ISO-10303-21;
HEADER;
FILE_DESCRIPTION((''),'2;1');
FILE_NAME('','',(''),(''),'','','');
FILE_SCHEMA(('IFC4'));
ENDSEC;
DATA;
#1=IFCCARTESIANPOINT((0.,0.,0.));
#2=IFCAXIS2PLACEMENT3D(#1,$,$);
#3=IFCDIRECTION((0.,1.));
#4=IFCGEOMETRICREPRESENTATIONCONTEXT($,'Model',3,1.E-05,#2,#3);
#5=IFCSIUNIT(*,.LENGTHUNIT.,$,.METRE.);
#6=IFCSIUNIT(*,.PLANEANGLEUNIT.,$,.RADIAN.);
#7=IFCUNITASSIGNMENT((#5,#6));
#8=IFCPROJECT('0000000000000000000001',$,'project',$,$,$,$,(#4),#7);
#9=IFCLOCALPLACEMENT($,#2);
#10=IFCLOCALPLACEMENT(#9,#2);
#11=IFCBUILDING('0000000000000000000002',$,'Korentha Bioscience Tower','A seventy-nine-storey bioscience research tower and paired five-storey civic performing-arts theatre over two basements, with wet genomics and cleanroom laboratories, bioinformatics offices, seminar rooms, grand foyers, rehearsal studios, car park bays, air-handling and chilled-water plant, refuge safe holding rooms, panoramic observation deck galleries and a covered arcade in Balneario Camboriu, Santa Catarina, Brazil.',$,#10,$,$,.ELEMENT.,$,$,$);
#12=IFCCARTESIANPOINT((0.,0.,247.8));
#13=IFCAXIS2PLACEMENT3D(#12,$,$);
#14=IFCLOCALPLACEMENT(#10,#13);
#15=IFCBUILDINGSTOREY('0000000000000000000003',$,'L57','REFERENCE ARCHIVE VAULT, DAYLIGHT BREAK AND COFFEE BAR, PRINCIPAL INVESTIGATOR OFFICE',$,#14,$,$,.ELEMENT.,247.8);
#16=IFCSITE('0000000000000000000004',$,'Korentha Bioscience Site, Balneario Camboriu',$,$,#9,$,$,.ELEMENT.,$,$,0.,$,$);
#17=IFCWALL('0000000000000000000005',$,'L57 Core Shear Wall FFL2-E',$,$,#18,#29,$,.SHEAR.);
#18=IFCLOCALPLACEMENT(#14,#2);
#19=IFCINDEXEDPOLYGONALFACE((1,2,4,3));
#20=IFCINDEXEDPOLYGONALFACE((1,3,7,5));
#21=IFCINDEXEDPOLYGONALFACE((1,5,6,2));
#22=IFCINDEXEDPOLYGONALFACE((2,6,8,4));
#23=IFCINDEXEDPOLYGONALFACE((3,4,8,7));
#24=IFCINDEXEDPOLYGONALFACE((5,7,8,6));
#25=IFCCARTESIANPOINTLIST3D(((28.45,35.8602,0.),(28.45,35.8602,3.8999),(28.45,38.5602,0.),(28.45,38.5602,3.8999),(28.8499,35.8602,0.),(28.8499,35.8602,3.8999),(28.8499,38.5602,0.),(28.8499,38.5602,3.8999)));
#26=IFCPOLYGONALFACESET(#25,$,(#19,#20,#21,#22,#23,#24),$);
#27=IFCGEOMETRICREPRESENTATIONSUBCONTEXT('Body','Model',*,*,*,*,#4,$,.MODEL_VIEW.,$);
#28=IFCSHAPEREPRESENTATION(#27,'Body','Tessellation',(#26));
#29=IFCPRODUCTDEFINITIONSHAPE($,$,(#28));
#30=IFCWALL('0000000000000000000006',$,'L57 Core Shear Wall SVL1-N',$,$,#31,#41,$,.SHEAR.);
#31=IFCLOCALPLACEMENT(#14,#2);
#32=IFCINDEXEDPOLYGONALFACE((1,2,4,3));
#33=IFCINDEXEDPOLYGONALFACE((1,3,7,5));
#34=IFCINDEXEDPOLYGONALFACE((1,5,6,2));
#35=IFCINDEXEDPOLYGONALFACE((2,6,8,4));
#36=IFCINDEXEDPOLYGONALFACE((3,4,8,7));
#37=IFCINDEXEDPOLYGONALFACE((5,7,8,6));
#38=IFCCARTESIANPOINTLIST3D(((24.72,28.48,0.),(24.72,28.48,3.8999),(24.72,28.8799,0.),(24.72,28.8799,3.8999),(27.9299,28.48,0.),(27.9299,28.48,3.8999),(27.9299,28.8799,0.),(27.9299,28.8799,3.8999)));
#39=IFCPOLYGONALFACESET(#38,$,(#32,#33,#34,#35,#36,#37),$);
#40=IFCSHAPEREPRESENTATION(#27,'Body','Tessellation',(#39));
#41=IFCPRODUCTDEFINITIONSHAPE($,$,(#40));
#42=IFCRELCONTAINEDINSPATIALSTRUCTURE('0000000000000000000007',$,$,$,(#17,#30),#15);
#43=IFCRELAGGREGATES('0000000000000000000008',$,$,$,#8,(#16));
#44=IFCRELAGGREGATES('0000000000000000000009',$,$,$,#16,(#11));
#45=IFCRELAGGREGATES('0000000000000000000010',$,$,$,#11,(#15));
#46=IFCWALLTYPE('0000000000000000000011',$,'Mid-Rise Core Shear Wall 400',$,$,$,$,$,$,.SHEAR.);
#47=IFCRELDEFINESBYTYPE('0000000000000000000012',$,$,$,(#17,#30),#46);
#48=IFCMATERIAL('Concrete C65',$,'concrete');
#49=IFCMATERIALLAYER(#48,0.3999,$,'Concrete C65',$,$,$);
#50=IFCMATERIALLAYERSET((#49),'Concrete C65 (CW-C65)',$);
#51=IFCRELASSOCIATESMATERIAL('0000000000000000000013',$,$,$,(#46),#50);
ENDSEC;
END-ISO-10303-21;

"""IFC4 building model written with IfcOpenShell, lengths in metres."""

from ifc_helpers import new_model, si_unit, direction, frame, frame_2d, origin, place, context, subcontext, project, spatial, rectangle, extrude, material, layer, layer_set, type_object, element, save


model = new_model("IFC4")

# Units and contexts
model_context = context("Model", 3, precision=1e-05, world=origin(), true_north=direction((0.0, 1.0)))
body_context = subcontext(model_context, "Body", "Model", "MODEL_VIEW")
ifc_project = project(units=[si_unit("LENGTHUNIT", "METRE"), si_unit("PLANEANGLEUNIT", "RADIAN")], contexts=[model_context])

# Site, building, storey
site_placement = place(None, origin())
site = spatial("IfcSite", under=ifc_project, at=site_placement, Name="Korentha Bioscience Site, Balneario Camboriu", CompositionType="ELEMENT", RefElevation=0.0)
building_placement = place(site_placement, origin())
building = spatial("IfcBuilding", under=site, at=building_placement, Name="Korentha Bioscience Tower", Description="A seventy-nine-storey bioscience research tower and paired five-storey civic performing-arts theatre over two basements, with wet genomics and cleanroom laboratories, bioinformatics offices, seminar rooms, grand foyers, rehearsal studios, car park bays, air-handling and chilled-water plant, refuge safe holding rooms, panoramic observation deck galleries and a covered arcade in Balneario Camboriu, Santa Catarina, Brazil.", CompositionType="ELEMENT")
storey_placement = place(building_placement, frame((0.0, 0.0, 247.8)))
storey = spatial("IfcBuildingStorey", under=building, at=storey_placement, Name="L57", Description="REFERENCE ARCHIVE VAULT, DAYLIGHT BREAK AND COFFEE BAR, PRINCIPAL INVESTIGATOR OFFICE", CompositionType="ELEMENT", Elevation=247.8)

# Shared definitions
ifc_material_1 = material(Name="Concrete C65", Category="concrete")

# Shared definitions
ifc_layer_1 = layer(ifc_material_1, 0.3999, Name="Concrete C65")
ifc_layer_set_1 = layer_set([ifc_layer_1], Name="Concrete C65 (CW-C65)")
wall_type_1 = type_object("IfcWallType", Name="Mid-Rise Core Shear Wall 400", PredefinedType="SHEAR", material=ifc_layer_set_1)

# Walls
for number, where, z_axis, x_axis, name in (
    (1, (28.6499, 35.8601, 0.0), (0.0, 0.0, 1.0), (0.0, 1.0, 0.0), "L57 Core Shear Wall FFL2-E"),
):
    element("IfcWall", number, at=place(storey_placement, frame(where, z_axis=z_axis, x_axis=x_axis)), inside=storey, type_object=wall_type_1, Name=name, PredefinedType="SHEAR", context=body_context, shape_type="SweptSolid", body=[
        extrude(rectangle(XDim=2.7, YDim=0.3999, at=frame_2d((1.3501, 0.0))), origin(), (0.0, 0.0, 1.0), 3.8999),
    ])
wall_1_placement = place(storey_placement, frame((24.72, 28.6799, 0.0), z_axis=(0.0, 0.0, 1.0), x_axis=(1.0, 0.0, 0.0)))
element("IfcWall", 2, at=wall_1_placement, inside=storey, type_object=wall_type_1, Name="L57 Core Shear Wall SVL1-N", PredefinedType="SHEAR", context=body_context, shape_type="SweptSolid", body=[
    extrude(rectangle(XDim=3.21, YDim=0.3999, at=frame_2d((1.605, 0.0))), origin(), (0.0, 0.0, 1.0), 3.8999),
])

save(model, "model.ifc")
